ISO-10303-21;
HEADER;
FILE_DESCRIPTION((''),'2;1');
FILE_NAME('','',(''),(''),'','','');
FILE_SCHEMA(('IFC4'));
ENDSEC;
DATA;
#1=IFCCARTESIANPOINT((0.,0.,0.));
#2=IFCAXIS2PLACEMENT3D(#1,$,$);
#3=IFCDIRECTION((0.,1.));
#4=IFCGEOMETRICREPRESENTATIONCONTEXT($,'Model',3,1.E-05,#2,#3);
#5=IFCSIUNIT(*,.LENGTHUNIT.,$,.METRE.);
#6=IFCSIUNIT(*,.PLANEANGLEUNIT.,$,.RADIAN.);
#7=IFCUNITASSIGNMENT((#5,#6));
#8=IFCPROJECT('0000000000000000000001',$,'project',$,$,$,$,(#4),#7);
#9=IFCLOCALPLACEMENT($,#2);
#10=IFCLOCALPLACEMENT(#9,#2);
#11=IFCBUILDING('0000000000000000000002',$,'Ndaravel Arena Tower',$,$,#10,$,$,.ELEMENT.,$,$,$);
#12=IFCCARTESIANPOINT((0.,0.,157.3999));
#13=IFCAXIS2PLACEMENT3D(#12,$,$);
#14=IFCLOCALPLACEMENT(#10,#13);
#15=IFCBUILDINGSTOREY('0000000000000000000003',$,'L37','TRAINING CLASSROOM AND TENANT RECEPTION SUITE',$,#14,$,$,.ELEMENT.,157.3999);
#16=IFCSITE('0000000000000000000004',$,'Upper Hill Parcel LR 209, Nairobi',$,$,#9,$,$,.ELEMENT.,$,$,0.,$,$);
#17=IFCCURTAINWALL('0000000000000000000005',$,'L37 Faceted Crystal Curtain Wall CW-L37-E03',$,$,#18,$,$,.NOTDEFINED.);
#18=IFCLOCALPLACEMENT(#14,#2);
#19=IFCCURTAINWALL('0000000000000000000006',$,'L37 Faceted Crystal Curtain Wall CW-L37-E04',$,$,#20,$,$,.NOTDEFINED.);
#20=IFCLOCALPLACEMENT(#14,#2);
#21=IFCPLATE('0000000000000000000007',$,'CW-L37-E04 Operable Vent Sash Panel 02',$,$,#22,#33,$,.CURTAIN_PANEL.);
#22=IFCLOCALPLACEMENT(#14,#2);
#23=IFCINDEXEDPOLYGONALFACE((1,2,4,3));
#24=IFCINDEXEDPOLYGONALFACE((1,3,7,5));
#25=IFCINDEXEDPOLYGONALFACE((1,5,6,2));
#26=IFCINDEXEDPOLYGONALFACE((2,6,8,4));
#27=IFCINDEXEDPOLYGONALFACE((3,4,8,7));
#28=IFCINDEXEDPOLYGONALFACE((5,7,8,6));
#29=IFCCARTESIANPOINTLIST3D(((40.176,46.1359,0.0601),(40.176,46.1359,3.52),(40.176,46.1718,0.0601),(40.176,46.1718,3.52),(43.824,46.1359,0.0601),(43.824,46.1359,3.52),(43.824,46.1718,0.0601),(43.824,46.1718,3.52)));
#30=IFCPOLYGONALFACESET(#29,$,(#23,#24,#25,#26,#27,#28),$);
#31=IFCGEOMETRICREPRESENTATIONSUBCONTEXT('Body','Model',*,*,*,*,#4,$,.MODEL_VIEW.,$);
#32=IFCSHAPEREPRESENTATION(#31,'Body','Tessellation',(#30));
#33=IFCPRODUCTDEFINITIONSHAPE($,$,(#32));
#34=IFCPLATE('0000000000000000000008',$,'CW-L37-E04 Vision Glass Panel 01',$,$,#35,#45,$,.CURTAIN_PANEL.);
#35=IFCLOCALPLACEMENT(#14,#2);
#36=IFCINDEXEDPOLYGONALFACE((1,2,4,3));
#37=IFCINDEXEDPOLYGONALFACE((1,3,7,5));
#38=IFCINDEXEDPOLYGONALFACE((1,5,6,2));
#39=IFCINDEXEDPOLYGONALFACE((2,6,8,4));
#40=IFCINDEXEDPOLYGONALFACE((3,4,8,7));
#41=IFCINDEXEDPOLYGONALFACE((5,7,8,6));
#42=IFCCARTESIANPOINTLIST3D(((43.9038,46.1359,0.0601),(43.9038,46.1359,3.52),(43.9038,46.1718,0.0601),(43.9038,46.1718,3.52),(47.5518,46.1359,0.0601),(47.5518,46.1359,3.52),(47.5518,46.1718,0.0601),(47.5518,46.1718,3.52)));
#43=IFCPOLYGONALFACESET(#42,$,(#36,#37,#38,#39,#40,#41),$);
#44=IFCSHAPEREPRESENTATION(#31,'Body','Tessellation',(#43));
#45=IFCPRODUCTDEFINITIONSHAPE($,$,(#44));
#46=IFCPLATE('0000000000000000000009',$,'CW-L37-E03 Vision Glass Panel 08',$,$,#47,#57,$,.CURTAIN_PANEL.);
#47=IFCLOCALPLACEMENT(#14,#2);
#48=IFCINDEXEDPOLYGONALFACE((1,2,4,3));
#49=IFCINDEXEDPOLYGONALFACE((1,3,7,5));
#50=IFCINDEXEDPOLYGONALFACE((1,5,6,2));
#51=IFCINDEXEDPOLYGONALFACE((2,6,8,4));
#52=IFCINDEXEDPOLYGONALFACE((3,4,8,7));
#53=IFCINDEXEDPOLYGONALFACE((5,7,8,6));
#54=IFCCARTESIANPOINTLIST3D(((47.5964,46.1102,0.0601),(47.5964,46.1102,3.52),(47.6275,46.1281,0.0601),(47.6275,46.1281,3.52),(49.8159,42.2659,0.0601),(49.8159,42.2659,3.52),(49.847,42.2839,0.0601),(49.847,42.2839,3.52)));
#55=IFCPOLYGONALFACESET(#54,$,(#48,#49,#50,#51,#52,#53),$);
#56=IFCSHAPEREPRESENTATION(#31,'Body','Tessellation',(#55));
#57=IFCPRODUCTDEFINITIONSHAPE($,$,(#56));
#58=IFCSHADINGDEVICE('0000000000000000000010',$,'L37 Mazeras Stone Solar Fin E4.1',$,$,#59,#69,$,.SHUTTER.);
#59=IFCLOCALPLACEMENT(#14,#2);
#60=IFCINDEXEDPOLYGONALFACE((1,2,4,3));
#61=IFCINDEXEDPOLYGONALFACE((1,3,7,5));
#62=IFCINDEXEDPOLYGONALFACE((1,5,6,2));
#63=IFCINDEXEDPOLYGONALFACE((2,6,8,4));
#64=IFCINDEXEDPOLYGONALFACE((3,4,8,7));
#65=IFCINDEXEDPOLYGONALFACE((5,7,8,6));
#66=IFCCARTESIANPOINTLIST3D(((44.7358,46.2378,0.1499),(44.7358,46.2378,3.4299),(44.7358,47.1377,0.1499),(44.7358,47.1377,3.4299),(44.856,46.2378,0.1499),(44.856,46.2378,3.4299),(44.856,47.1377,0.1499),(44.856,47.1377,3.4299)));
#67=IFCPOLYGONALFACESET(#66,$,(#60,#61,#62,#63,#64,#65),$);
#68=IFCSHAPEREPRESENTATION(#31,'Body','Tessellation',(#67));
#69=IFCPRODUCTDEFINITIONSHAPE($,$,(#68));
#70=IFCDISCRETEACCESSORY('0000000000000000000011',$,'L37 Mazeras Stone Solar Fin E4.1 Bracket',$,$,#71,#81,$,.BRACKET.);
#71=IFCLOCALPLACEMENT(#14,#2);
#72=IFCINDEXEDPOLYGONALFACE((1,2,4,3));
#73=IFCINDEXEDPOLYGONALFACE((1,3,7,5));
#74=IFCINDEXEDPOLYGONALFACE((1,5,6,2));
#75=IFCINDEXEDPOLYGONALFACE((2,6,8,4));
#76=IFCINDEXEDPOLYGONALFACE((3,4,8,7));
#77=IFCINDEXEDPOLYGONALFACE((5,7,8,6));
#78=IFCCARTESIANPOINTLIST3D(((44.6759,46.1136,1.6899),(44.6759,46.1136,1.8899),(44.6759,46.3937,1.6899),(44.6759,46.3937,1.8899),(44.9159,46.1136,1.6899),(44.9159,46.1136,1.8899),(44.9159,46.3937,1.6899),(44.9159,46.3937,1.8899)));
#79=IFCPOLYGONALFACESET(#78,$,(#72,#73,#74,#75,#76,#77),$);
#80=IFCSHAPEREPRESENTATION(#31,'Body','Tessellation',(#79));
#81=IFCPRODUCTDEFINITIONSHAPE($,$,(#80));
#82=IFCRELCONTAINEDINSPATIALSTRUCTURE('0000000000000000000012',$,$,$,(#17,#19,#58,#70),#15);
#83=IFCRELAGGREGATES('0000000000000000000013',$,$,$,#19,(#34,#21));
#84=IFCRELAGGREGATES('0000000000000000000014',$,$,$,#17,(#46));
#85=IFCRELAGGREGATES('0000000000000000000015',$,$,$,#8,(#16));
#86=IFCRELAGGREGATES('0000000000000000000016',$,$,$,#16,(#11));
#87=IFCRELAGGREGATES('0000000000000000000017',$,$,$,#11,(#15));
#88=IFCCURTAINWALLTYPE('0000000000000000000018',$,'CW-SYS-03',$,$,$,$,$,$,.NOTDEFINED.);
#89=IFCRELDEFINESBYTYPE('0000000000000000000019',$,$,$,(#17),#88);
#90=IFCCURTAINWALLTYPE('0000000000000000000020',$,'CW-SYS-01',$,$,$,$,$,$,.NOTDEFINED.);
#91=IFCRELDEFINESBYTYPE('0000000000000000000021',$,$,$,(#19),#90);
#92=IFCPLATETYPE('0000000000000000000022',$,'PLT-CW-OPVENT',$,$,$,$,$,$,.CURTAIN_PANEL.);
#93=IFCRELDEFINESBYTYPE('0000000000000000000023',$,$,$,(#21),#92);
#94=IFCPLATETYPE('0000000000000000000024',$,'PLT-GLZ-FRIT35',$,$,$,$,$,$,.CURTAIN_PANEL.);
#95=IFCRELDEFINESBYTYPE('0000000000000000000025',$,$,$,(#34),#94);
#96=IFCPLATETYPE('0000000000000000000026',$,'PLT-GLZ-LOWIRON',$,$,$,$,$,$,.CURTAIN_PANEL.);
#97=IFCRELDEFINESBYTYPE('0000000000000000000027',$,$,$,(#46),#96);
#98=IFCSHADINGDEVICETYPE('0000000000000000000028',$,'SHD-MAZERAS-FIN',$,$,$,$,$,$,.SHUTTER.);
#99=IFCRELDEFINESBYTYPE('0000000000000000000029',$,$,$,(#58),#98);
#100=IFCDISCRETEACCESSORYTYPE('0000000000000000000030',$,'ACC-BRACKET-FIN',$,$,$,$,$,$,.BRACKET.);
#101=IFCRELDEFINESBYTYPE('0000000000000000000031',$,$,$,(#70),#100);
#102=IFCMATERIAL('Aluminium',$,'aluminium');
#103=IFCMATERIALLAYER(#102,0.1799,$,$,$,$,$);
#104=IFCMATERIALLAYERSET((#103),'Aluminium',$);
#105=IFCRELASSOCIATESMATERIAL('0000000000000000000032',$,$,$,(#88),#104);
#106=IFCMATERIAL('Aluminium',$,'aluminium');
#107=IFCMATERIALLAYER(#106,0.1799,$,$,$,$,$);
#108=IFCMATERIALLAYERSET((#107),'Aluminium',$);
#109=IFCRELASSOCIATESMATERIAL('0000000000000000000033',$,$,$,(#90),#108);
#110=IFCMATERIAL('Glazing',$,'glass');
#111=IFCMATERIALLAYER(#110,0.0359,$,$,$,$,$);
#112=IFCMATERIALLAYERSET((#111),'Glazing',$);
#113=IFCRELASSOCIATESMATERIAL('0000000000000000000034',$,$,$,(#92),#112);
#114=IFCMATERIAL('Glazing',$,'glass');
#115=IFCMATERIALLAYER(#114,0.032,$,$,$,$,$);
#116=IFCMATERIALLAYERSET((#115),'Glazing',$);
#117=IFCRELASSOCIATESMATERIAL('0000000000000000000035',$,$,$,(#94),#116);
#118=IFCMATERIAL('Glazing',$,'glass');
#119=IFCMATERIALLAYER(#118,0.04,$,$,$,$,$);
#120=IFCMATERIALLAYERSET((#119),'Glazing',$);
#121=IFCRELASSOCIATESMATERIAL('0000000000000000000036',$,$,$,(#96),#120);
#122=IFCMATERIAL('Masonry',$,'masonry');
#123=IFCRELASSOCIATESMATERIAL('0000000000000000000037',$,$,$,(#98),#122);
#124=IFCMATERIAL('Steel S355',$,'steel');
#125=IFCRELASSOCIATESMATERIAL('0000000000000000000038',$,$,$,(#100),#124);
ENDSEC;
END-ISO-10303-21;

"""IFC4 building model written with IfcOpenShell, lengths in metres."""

from ifc_helpers import new_model, si_unit, direction, frame, origin, origin_2d, place, context, subcontext, project, spatial, rectangle, extrude, material, layer, layer_set, type_object, element, aggregate, save


model = new_model("IFC4")

# Units and contexts
model_context = context("Model", 3, precision=1e-05, world=origin(), true_north=direction((0.0, 1.0)))
body_context = subcontext(model_context, "Body", "Model", "MODEL_VIEW")
ifc_project = project(units=[si_unit("LENGTHUNIT", "METRE"), si_unit("PLANEANGLEUNIT", "RADIAN")], contexts=[model_context])

# Site, building, storey
site_placement = place(None, origin())
site = spatial("IfcSite", under=ifc_project, at=site_placement, Name="Upper Hill Parcel LR 209, Nairobi", CompositionType="ELEMENT", RefElevation=0.0)
building_placement = place(site_placement, origin())
building = spatial("IfcBuilding", under=site, at=building_placement, Name="Ndaravel Arena Tower", CompositionType="ELEMENT")
storey_placement = place(building_placement, frame((0.0, 0.0, 157.3999)))
storey = spatial("IfcBuildingStorey", under=building, at=storey_placement, Name="L37", Description="TRAINING CLASSROOM AND TENANT RECEPTION SUITE", CompositionType="ELEMENT", Elevation=157.3999)

# Curtain wall
ifc_material_1 = material(Name="Aluminium", Category="aluminium")
ifc_layer_1 = layer(ifc_material_1, 0.1799)
ifc_layer_set_1 = layer_set([ifc_layer_1], Name="Aluminium")
curtain_wall_type_1 = type_object("IfcCurtainWallType", Name="CW-SYS-03", PredefinedType="NOTDEFINED", material=ifc_layer_set_1)
curtain_wall_1_placement = place(storey_placement, origin())
curtain_wall_1 = element("IfcCurtainWall", 1, at=curtain_wall_1_placement, inside=storey, type_object=curtain_wall_type_1, Name="L37 Faceted Crystal Curtain Wall CW-L37-E03", PredefinedType="NOTDEFINED")

# Curtain wall, plates
ifc_material_2 = material(Name="Aluminium", Category="aluminium")
ifc_layer_2 = layer(ifc_material_2, 0.1799)
ifc_layer_set_2 = layer_set([ifc_layer_2], Name="Aluminium")
curtain_wall_type_2 = type_object("IfcCurtainWallType", Name="CW-SYS-01", PredefinedType="NOTDEFINED", material=ifc_layer_set_2)
curtain_wall_2_placement = place(storey_placement, origin())
curtain_wall_2 = element("IfcCurtainWall", 2, at=curtain_wall_2_placement, inside=storey, type_object=curtain_wall_type_2, Name="L37 Faceted Crystal Curtain Wall CW-L37-E04", PredefinedType="NOTDEFINED")
ifc_material_3 = material(Name="Glazing", Category="glass")
ifc_layer_3 = layer(ifc_material_3, 0.0359)
ifc_layer_set_3 = layer_set([ifc_layer_3], Name="Glazing")
plate_type_1 = type_object("IfcPlateType", Name="PLT-CW-OPVENT", PredefinedType="CURTAIN_PANEL", material=ifc_layer_set_3)
plate_1_placement = place(storey_placement, frame((42.0, 46.1538, 0.0601), z_axis=(0.0, 0.0, 1.0), x_axis=(-1.0, 0.0, 0.0)))
plate_1 = element("IfcPlate", 3, at=plate_1_placement, type_object=plate_type_1, Name="CW-L37-E04 Operable Vent Sash Panel 02", PredefinedType="CURTAIN_PANEL", context=body_context, shape_type="SweptSolid", body=[
    extrude(rectangle(XDim=3.6479, YDim=0.0359, at=origin_2d()), origin(), (0.0, 0.0, 1.0), 3.46),
])
ifc_material_4 = material(Name="Glazing", Category="glass")
ifc_layer_4 = layer(ifc_material_4, 0.032)
ifc_layer_set_4 = layer_set([ifc_layer_4], Name="Glazing")
plate_type_2 = type_object("IfcPlateType", Name="PLT-GLZ-FRIT35", PredefinedType="CURTAIN_PANEL", material=ifc_layer_set_4)
plate_2_placement = place(storey_placement, frame((45.7278, 46.1538, 0.0601), z_axis=(0.0, 0.0, 1.0), x_axis=(-1.0, 0.0, 0.0)))
plate_2 = element("IfcPlate", 4, at=plate_2_placement, type_object=plate_type_2, Name="CW-L37-E04 Vision Glass Panel 01", PredefinedType="CURTAIN_PANEL", context=body_context, shape_type="SweptSolid", body=[
    extrude(rectangle(XDim=3.6479, YDim=0.0359, at=origin_2d()), origin(), (0.0, 0.0, 1.0), 3.46),
])
aggregate(curtain_wall_2, [plate_2, plate_1])

# Plate
ifc_material_5 = material(Name="Glazing", Category="glass")
ifc_layer_5 = layer(ifc_material_5, 0.04)
ifc_layer_set_5 = layer_set([ifc_layer_5], Name="Glazing")
plate_type_3 = type_object("IfcPlateType", Name="PLT-GLZ-LOWIRON", PredefinedType="CURTAIN_PANEL", material=ifc_layer_set_5)
plate_3_placement = place(storey_placement, frame((48.7217, 44.197, 0.0601), z_axis=(0.0, 0.0, 1.0), x_axis=(-0.5, 0.866025, 0.0)))
plate_3 = element("IfcPlate", 5, at=plate_3_placement, type_object=plate_type_3, Name="CW-L37-E03 Vision Glass Panel 08", PredefinedType="CURTAIN_PANEL", context=body_context, shape_type="SweptSolid", body=[
    extrude(rectangle(XDim=4.439, YDim=0.0359, at=origin_2d()), origin(), (0.0, 0.0, 1.0), 3.46),
])
aggregate(curtain_wall_1, [plate_3])

# Shading device
ifc_material_6 = material(Name="Masonry", Category="masonry")
shading_device_type = type_object("IfcShadingDeviceType", Name="SHD-MAZERAS-FIN", PredefinedType="SHUTTER", material=ifc_material_6)
shading_device_placement = place(storey_placement, frame((44.7959, 46.6877, 0.1499), z_axis=(0.0, 0.0, 1.0), x_axis=(0.0, 1.0, 0.0)))
element("IfcShadingDevice", 6, at=shading_device_placement, inside=storey, type_object=shading_device_type, Name="L37 Mazeras Stone Solar Fin E4.1", PredefinedType="SHUTTER", context=body_context, shape_type="SweptSolid", body=[
    extrude(rectangle(XDim=0.8999, YDim=0.1201, at=origin_2d()), origin(), (0.0, 0.0, 1.0), 3.28),
])

# Discrete accessory
ifc_material_7 = material(Name="Steel S355", Category="steel")
discrete_accessory_type = type_object("IfcDiscreteAccessoryType", Name="ACC-BRACKET-FIN", PredefinedType="BRACKET", material=ifc_material_7)
discrete_accessory_placement = place(storey_placement, frame((44.7959, 46.2537, 1.6899), z_axis=(0.0, 0.0, 1.0), x_axis=(0.0, 1.0, 0.0)))
element("IfcDiscreteAccessory", 7, at=discrete_accessory_placement, inside=storey, type_object=discrete_accessory_type, Name="L37 Mazeras Stone Solar Fin E4.1 Bracket", PredefinedType="BRACKET", context=body_context, shape_type="SweptSolid", body=[
    extrude(rectangle(XDim=0.28, YDim=0.24, at=origin_2d()), origin(), (0.0, 0.0, 1.0), 0.2),
])

save(model, "model.ifc")
